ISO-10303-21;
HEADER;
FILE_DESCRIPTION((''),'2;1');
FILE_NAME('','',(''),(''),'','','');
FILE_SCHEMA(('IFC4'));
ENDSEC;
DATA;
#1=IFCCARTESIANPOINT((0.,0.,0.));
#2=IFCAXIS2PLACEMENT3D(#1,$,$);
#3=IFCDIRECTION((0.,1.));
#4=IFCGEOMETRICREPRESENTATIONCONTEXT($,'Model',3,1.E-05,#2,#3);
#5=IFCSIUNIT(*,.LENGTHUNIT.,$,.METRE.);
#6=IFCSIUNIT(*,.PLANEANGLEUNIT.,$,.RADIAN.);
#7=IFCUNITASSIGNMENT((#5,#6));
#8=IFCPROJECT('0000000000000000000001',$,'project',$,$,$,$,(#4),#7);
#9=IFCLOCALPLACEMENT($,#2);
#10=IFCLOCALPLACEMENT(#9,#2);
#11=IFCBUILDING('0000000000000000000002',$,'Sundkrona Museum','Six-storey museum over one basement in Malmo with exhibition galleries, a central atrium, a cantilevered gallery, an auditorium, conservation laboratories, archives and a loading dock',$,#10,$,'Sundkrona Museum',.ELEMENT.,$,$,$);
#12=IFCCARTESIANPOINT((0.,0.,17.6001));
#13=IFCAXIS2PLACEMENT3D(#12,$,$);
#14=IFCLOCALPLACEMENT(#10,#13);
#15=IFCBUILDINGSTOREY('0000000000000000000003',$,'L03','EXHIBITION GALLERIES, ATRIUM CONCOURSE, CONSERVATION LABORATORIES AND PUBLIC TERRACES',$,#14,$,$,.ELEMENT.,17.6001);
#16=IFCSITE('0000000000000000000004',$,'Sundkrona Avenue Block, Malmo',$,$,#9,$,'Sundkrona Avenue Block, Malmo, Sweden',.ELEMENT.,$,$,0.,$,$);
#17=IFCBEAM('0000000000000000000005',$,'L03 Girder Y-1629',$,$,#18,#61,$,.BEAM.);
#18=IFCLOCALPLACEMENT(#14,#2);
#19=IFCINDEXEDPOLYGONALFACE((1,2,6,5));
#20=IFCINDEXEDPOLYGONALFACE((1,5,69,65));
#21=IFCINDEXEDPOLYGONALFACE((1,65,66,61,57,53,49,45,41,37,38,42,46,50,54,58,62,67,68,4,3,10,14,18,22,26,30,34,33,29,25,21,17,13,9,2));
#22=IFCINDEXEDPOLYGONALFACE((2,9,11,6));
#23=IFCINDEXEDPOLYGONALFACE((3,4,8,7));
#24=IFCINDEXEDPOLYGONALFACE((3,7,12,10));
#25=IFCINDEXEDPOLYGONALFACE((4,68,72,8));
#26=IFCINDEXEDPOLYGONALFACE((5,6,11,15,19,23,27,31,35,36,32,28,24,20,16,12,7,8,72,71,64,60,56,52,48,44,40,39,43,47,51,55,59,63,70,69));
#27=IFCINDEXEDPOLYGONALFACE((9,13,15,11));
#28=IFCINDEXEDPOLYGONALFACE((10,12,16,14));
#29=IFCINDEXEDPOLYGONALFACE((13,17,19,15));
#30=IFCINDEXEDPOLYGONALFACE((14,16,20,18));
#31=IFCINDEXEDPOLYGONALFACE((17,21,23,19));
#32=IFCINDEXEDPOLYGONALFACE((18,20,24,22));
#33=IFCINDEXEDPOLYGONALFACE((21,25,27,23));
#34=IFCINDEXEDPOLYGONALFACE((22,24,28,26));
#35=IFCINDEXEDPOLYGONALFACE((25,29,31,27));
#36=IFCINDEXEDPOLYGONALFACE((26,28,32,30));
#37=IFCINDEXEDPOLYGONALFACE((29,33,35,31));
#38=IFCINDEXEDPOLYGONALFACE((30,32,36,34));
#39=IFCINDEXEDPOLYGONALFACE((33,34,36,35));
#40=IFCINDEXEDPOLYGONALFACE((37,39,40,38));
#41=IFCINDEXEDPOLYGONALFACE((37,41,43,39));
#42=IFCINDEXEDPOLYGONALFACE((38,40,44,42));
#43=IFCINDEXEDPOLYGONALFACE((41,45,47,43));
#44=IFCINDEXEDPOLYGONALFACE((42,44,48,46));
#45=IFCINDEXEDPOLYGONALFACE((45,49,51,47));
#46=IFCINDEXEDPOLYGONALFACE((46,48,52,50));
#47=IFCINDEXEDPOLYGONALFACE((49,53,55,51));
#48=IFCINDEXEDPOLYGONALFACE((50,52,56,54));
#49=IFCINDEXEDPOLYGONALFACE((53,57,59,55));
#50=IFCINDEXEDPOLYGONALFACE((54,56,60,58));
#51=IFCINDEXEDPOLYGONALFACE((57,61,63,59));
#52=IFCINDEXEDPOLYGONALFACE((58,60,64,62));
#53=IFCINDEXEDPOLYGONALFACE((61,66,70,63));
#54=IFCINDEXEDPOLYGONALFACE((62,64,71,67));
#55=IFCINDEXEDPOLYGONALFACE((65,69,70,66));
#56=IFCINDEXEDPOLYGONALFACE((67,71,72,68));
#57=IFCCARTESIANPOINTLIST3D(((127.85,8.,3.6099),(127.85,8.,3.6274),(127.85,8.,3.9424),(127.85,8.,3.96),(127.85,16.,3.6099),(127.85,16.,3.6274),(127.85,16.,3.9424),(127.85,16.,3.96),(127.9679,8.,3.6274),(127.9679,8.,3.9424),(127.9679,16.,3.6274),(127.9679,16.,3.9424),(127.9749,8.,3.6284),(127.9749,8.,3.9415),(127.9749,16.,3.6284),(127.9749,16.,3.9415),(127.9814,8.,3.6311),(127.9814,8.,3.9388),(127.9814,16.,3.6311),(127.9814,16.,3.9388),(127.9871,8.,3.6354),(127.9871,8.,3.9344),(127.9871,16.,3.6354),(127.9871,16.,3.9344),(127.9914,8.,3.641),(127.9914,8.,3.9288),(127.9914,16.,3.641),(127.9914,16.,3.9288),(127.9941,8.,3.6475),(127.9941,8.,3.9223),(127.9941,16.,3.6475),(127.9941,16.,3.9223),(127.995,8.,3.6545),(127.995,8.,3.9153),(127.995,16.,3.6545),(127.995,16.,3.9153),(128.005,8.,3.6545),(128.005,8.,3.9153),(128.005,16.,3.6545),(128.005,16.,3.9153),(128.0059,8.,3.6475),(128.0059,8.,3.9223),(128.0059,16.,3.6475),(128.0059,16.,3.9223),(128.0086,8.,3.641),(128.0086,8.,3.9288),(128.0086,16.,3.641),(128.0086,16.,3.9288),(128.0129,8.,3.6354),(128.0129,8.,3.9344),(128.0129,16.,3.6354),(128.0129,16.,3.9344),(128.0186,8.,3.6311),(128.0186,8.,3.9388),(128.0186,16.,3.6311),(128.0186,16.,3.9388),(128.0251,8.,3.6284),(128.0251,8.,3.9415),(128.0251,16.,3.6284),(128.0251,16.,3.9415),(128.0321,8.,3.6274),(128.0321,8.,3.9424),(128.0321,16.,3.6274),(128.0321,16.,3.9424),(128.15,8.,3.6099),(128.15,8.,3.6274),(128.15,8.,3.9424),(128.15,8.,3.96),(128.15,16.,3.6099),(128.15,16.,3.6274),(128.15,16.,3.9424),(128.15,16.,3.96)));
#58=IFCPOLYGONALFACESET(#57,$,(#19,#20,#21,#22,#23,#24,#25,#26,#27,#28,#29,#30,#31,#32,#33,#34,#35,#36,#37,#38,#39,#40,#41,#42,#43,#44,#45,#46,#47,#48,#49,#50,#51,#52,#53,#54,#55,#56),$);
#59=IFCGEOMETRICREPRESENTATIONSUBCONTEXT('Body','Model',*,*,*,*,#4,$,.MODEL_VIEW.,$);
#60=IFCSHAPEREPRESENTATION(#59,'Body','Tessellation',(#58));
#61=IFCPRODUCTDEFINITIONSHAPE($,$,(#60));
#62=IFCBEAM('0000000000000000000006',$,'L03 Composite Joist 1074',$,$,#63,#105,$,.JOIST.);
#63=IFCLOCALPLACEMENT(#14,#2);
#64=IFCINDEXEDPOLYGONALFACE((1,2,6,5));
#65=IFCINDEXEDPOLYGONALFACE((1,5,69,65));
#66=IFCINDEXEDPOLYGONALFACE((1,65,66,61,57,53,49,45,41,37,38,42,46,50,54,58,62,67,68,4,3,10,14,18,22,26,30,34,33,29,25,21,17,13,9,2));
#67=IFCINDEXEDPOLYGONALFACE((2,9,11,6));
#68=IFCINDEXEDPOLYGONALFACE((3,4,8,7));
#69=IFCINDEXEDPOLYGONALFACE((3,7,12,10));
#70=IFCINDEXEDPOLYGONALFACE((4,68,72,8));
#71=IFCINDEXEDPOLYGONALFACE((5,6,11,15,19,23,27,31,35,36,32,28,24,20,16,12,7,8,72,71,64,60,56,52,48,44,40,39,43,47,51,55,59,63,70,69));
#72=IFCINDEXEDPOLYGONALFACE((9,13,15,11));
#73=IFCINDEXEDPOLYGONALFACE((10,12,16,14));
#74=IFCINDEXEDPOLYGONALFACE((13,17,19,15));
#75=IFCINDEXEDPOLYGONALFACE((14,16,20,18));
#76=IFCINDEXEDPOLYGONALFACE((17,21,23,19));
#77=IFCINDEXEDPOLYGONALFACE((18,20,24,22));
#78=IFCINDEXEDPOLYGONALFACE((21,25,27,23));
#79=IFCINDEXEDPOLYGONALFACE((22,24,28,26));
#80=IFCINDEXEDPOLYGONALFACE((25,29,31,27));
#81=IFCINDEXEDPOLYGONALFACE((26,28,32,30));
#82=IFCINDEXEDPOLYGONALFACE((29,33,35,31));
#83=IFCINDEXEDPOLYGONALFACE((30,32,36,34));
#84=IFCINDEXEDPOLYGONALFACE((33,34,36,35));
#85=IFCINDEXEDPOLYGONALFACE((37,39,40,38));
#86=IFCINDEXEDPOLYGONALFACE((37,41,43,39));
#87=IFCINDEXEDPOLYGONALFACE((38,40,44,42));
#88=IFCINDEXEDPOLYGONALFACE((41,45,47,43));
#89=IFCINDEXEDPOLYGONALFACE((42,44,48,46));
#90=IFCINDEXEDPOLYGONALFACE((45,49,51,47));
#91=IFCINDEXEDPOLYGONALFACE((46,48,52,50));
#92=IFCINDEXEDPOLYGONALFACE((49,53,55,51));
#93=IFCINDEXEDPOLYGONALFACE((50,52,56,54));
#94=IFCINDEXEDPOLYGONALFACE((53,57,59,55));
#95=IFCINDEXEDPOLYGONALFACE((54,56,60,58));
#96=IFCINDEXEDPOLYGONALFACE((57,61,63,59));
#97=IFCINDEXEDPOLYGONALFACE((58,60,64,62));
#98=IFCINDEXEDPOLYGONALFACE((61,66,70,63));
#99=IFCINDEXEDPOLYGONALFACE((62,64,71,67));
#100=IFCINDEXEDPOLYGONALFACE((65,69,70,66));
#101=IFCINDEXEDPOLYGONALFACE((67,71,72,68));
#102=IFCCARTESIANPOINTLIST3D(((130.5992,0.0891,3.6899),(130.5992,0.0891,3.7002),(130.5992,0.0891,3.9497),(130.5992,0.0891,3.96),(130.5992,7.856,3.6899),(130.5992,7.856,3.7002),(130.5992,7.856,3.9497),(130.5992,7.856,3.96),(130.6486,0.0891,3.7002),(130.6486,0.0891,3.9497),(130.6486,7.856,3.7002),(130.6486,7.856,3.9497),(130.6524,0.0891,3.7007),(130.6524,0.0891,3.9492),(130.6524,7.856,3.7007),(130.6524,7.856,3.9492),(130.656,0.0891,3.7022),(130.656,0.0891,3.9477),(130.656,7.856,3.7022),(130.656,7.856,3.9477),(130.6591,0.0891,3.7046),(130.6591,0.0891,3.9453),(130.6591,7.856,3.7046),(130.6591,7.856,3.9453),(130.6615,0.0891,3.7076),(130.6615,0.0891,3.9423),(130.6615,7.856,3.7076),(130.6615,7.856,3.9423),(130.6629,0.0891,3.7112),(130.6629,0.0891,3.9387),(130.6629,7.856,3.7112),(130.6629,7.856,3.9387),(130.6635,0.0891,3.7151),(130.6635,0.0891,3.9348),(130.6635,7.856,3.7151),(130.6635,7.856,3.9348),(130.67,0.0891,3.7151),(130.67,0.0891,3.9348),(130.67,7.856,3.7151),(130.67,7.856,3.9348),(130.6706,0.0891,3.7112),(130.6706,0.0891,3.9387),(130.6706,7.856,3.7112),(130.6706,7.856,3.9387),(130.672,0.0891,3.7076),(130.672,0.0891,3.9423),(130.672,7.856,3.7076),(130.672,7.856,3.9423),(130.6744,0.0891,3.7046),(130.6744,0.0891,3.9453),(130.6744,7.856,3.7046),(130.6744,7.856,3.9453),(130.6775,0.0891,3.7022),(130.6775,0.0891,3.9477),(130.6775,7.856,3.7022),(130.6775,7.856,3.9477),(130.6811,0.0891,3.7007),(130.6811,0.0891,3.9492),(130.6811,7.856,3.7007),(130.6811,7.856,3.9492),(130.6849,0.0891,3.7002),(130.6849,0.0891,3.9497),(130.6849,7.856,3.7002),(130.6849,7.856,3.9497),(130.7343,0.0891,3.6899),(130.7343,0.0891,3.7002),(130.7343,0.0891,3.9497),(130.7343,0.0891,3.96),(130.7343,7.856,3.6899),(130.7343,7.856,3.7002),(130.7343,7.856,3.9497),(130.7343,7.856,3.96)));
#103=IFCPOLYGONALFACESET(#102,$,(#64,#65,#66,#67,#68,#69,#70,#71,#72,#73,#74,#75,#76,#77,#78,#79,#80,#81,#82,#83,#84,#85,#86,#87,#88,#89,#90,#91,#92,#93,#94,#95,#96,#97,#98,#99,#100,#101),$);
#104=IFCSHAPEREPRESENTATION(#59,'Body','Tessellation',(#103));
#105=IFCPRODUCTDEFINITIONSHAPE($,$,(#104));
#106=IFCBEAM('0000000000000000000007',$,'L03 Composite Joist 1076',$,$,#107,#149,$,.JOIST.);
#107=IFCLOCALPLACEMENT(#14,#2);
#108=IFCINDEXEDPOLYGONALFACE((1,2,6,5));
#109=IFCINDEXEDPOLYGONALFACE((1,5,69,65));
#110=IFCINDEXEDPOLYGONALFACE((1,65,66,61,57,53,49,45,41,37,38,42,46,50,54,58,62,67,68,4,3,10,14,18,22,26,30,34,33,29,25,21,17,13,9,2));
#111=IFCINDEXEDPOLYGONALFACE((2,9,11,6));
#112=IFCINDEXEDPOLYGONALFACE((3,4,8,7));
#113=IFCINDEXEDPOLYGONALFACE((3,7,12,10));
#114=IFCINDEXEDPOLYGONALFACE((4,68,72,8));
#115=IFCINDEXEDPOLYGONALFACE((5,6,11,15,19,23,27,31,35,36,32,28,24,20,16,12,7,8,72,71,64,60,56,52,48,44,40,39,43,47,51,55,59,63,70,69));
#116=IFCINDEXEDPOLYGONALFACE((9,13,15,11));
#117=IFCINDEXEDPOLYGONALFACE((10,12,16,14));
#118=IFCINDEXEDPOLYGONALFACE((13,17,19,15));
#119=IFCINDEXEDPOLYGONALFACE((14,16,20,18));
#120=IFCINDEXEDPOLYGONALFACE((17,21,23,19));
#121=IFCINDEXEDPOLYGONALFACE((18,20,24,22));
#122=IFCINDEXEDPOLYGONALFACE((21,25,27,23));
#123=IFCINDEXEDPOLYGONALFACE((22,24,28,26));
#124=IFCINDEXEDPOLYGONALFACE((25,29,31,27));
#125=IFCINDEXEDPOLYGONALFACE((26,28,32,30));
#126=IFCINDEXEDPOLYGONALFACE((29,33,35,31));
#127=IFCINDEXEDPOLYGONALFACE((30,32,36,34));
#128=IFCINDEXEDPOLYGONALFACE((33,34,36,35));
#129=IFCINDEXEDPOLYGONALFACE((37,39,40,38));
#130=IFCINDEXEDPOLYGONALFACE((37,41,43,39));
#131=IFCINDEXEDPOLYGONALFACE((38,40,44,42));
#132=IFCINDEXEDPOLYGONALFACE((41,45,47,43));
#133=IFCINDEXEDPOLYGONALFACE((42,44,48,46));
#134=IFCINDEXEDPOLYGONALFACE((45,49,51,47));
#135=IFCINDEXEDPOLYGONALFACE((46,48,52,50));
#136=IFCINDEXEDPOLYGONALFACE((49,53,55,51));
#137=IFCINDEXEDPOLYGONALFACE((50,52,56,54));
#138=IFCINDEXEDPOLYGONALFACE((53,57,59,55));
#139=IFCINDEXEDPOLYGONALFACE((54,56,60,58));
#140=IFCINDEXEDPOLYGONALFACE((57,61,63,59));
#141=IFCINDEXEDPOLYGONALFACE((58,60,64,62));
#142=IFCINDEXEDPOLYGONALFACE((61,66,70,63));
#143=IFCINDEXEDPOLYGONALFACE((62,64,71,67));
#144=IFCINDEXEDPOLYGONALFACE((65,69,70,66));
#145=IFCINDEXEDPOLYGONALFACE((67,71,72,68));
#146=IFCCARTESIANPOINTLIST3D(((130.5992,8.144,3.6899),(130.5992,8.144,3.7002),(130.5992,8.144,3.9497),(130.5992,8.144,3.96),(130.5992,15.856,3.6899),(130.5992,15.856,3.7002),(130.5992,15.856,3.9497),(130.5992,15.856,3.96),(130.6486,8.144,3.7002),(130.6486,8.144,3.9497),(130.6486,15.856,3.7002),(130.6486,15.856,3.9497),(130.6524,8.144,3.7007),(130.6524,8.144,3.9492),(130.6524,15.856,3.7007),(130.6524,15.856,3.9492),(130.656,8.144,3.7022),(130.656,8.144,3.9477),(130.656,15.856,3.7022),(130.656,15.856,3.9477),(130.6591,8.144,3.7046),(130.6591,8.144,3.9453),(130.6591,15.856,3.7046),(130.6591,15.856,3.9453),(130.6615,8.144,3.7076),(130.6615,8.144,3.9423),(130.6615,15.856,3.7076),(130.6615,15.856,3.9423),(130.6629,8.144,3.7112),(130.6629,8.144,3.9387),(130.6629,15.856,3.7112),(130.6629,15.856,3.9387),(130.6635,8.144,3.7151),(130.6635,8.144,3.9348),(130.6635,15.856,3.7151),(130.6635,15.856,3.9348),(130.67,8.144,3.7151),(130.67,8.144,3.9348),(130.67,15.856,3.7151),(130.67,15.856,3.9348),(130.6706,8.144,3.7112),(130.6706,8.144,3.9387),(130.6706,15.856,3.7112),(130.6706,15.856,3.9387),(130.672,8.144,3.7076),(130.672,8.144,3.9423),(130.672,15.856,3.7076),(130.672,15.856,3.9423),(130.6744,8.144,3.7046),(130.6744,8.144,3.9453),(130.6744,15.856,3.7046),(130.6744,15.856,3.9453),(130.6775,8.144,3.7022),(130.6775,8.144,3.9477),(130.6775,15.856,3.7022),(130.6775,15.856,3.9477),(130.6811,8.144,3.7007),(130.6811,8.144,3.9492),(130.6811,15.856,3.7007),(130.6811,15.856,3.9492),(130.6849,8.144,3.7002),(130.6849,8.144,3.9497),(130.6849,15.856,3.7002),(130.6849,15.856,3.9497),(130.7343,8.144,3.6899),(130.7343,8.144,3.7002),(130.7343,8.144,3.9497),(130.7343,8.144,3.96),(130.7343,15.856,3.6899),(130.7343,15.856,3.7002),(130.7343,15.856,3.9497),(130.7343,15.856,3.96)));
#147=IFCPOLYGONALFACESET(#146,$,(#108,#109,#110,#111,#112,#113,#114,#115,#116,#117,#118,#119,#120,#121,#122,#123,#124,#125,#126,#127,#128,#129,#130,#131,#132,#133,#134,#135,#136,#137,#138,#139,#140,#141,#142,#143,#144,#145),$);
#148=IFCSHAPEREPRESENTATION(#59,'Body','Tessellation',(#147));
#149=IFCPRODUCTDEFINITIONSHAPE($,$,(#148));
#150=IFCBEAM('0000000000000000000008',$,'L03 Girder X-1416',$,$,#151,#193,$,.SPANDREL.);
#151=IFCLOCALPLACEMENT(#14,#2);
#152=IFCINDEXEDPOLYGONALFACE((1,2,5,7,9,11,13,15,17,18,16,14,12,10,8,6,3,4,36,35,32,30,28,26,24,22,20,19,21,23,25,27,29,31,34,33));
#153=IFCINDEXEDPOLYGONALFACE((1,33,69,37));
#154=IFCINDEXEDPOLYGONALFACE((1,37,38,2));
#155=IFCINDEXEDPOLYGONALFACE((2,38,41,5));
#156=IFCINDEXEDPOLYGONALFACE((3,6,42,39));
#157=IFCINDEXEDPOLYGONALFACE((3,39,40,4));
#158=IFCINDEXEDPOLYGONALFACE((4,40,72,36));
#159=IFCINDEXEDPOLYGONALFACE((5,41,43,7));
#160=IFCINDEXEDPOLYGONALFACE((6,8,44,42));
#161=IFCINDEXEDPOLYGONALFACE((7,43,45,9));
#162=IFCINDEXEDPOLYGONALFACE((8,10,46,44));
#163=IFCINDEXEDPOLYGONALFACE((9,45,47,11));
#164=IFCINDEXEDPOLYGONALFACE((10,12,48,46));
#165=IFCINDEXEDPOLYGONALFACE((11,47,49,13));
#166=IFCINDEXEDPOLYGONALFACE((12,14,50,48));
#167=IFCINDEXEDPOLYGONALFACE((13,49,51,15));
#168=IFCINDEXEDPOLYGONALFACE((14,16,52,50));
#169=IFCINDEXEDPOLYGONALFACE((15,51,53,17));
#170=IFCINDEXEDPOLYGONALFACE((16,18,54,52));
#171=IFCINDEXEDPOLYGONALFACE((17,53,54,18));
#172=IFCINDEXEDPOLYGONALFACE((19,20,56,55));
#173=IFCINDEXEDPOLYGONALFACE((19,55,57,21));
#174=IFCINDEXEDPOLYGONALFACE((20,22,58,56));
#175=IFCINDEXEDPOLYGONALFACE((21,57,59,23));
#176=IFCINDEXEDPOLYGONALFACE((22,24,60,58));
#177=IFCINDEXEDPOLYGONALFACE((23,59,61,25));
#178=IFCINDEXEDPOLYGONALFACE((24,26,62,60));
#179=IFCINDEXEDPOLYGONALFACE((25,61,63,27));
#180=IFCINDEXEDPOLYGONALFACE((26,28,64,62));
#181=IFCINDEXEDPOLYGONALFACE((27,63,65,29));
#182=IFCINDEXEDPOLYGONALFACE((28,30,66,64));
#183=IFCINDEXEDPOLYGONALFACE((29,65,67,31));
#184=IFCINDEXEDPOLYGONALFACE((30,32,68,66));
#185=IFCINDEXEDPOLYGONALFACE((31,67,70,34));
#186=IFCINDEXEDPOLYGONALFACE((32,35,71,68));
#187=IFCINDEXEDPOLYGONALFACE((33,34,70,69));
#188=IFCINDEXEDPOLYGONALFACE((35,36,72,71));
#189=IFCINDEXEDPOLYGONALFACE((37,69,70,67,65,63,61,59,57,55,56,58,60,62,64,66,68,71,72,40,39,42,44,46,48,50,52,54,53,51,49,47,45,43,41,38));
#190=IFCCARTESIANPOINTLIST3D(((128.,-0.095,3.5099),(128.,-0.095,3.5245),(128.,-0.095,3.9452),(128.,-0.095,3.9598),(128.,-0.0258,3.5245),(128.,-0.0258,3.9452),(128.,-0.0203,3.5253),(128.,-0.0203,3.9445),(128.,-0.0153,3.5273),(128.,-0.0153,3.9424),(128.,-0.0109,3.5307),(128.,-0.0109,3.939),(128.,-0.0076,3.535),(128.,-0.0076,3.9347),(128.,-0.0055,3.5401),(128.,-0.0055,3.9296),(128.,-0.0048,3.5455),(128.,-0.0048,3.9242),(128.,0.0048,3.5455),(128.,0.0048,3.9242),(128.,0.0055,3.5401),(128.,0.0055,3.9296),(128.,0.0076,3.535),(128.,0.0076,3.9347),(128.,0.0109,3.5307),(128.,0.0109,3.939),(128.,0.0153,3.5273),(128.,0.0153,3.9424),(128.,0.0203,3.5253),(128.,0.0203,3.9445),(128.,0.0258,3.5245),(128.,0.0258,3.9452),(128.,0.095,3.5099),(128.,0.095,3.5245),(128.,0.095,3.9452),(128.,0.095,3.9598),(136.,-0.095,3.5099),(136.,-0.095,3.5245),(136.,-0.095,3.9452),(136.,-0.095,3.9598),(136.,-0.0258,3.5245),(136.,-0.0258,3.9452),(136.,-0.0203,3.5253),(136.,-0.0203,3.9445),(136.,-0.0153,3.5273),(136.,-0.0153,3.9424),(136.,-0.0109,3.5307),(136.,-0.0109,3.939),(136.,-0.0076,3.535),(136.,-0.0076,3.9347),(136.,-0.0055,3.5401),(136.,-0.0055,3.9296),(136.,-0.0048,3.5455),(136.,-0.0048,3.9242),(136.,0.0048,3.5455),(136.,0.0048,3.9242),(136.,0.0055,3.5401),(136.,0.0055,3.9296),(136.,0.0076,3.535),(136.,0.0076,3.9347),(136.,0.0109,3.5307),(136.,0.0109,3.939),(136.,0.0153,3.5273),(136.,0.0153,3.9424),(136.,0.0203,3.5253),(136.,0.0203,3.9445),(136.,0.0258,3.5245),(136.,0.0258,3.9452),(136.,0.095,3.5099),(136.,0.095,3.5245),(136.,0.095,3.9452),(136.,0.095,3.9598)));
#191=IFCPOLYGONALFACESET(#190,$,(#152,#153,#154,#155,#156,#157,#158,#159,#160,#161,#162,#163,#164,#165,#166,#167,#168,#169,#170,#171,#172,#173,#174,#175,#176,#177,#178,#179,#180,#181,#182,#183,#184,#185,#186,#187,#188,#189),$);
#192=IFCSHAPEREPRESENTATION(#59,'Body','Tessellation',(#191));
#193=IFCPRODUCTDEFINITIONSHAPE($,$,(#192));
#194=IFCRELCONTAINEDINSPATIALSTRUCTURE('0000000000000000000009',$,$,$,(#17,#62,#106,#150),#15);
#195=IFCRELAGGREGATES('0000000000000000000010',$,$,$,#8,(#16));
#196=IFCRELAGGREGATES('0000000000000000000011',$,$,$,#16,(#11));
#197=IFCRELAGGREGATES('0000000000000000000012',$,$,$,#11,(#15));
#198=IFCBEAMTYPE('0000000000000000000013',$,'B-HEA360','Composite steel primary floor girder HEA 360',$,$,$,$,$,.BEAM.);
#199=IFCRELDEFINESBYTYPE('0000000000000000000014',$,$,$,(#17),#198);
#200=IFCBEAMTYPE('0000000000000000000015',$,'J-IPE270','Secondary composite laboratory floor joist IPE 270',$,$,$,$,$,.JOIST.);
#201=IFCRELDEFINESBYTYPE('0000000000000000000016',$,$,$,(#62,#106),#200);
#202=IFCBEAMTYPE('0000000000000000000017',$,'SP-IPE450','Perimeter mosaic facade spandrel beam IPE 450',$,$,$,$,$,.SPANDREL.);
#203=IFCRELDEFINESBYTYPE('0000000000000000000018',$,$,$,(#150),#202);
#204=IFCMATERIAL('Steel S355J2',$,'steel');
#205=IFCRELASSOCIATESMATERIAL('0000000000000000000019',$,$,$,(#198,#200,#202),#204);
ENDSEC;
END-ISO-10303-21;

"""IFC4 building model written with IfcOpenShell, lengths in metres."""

from ifc_helpers import new_model, si_unit, direction, frame, origin, origin_2d, place, context, subcontext, project, spatial, i_section, extrude, material, material_profile, profile_set, type_object, element, save


model = new_model("IFC4")

# Units and contexts
model_context = context("Model", 3, precision=1e-05, world=origin(), true_north=direction((0.0, 1.0)))
body_context = subcontext(model_context, "Body", "Model", "MODEL_VIEW")
ifc_project = project(units=[si_unit("LENGTHUNIT", "METRE"), si_unit("PLANEANGLEUNIT", "RADIAN")], contexts=[model_context])

# Site, building, storey
site_placement = place(None, origin())
site = spatial("IfcSite", under=ifc_project, at=site_placement, Name="Sundkrona Avenue Block, Malmo", LongName="Sundkrona Avenue Block, Malmo, Sweden", CompositionType="ELEMENT", RefElevation=0.0)
building_placement = place(site_placement, origin())
building = spatial("IfcBuilding", under=site, at=building_placement, Name="Sundkrona Museum", Description="Six-storey museum over one basement in Malmo with exhibition galleries, a central atrium, a cantilevered gallery, an auditorium, conservation laboratories, archives and a loading dock", LongName="Sundkrona Museum", CompositionType="ELEMENT")
storey_placement = place(building_placement, frame((0.0, 0.0, 17.6001)))
storey = spatial("IfcBuildingStorey", under=building, at=storey_placement, Name="L03", Description="EXHIBITION GALLERIES, ATRIUM CONCOURSE, CONSERVATION LABORATORIES AND PUBLIC TERRACES", CompositionType="ELEMENT", Elevation=17.6001)

# Shared definitions
ifc_material_1 = material(Name="Steel S355J2", Category="steel")

# Beams
ifc_material_profile_1 = material_profile(ifc_material_1, i_section(OverallWidth=0.3, OverallDepth=0.3501, WebThickness=0.01, FlangeThickness=0.0176, FilletRadius=0.0271, at=origin_2d()), Name="HEA 360")
ifc_profile_set_1 = profile_set([ifc_material_profile_1], Name="Steel S355J2")
beam_type_1 = type_object("IfcBeamType", Name="B-HEA360", Description="Composite steel primary floor girder HEA 360", PredefinedType="BEAM", material=ifc_profile_set_1)
for number, where, z_axis, x_axis, name in (
    (1, (128.0, 8.0, 3.7849), (0.0, 1.0, 0.0), (-1.0, 0.0, 0.0), "L03 Girder Y-1629"),
):
    element("IfcBeam", number, at=place(storey_placement, frame(where, z_axis=z_axis, x_axis=x_axis)), inside=storey, type_object=beam_type_1, Name=name, PredefinedType="BEAM", context=body_context, shape_type="SweptSolid", body=[
        extrude(i_section(OverallWidth=0.3, OverallDepth=0.3501, WebThickness=0.01, FlangeThickness=0.0176, FilletRadius=0.0271, at=origin_2d()), origin(), (0.0, 0.0, 1.0), 8.0),
    ])
ifc_material_profile_2 = material_profile(ifc_material_1, i_section(OverallWidth=0.135, OverallDepth=0.27, WebThickness=0.0066, FlangeThickness=0.0103, FilletRadius=0.0149, at=origin_2d()), Name="IPE 270")
ifc_profile_set_2 = profile_set([ifc_material_profile_2], Name="Steel S355J2")
beam_type_2 = type_object("IfcBeamType", Name="J-IPE270", Description="Secondary composite laboratory floor joist IPE 270", PredefinedType="JOIST", material=ifc_profile_set_2)
beam_1_placement = place(storey_placement, frame((130.6667, 0.0891, 3.825), z_axis=(0.0, 1.0, 0.0), x_axis=(-1.0, 0.0, 0.0)))
element("IfcBeam", 2, at=beam_1_placement, inside=storey, type_object=beam_type_2, Name="L03 Composite Joist 1074", PredefinedType="JOIST", context=body_context, shape_type="SweptSolid", body=[
    extrude(i_section(OverallWidth=0.135, OverallDepth=0.27, WebThickness=0.0066, FlangeThickness=0.0103, FilletRadius=0.0149, at=origin_2d()), origin(), (0.0, 0.0, 1.0), 7.7668),
])
beam_2_placement = place(storey_placement, frame((130.6667, 8.144, 3.825), z_axis=(0.0, 1.0, 0.0), x_axis=(-1.0, 0.0, 0.0)))
element("IfcBeam", 3, at=beam_2_placement, inside=storey, type_object=beam_type_2, Name="L03 Composite Joist 1076", PredefinedType="JOIST", context=body_context, shape_type="SweptSolid", body=[
    extrude(i_section(OverallWidth=0.135, OverallDepth=0.27, WebThickness=0.0066, FlangeThickness=0.0103, FilletRadius=0.0149, at=origin_2d()), origin(), (0.0, 0.0, 1.0), 7.7119),
])
ifc_material_profile_3 = material_profile(ifc_material_1, i_section(OverallWidth=0.1899, OverallDepth=0.45, WebThickness=0.0095, FlangeThickness=0.0146, FilletRadius=0.021, at=origin_2d()), Name="IPE 450")
ifc_profile_set_3 = profile_set([ifc_material_profile_3], Name="Steel S355J2")
beam_type_3 = type_object("IfcBeamType", Name="SP-IPE450", Description="Perimeter mosaic facade spandrel beam IPE 450", PredefinedType="SPANDREL", material=ifc_profile_set_3)
beam_3_placement = place(storey_placement, frame((128.0, 0.0, 3.7349), z_axis=(1.0, 0.0, 0.0), x_axis=(0.0, 1.0, 0.0)))
element("IfcBeam", 4, at=beam_3_placement, inside=storey, type_object=beam_type_3, Name="L03 Girder X-1416", PredefinedType="SPANDREL", context=body_context, shape_type="SweptSolid", body=[
    extrude(i_section(OverallWidth=0.1899, OverallDepth=0.45, WebThickness=0.0095, FlangeThickness=0.0146, FilletRadius=0.021, at=origin_2d()), origin(), (0.0, 0.0, 1.0), 8.0),
])

save(model, "model.ifc")
